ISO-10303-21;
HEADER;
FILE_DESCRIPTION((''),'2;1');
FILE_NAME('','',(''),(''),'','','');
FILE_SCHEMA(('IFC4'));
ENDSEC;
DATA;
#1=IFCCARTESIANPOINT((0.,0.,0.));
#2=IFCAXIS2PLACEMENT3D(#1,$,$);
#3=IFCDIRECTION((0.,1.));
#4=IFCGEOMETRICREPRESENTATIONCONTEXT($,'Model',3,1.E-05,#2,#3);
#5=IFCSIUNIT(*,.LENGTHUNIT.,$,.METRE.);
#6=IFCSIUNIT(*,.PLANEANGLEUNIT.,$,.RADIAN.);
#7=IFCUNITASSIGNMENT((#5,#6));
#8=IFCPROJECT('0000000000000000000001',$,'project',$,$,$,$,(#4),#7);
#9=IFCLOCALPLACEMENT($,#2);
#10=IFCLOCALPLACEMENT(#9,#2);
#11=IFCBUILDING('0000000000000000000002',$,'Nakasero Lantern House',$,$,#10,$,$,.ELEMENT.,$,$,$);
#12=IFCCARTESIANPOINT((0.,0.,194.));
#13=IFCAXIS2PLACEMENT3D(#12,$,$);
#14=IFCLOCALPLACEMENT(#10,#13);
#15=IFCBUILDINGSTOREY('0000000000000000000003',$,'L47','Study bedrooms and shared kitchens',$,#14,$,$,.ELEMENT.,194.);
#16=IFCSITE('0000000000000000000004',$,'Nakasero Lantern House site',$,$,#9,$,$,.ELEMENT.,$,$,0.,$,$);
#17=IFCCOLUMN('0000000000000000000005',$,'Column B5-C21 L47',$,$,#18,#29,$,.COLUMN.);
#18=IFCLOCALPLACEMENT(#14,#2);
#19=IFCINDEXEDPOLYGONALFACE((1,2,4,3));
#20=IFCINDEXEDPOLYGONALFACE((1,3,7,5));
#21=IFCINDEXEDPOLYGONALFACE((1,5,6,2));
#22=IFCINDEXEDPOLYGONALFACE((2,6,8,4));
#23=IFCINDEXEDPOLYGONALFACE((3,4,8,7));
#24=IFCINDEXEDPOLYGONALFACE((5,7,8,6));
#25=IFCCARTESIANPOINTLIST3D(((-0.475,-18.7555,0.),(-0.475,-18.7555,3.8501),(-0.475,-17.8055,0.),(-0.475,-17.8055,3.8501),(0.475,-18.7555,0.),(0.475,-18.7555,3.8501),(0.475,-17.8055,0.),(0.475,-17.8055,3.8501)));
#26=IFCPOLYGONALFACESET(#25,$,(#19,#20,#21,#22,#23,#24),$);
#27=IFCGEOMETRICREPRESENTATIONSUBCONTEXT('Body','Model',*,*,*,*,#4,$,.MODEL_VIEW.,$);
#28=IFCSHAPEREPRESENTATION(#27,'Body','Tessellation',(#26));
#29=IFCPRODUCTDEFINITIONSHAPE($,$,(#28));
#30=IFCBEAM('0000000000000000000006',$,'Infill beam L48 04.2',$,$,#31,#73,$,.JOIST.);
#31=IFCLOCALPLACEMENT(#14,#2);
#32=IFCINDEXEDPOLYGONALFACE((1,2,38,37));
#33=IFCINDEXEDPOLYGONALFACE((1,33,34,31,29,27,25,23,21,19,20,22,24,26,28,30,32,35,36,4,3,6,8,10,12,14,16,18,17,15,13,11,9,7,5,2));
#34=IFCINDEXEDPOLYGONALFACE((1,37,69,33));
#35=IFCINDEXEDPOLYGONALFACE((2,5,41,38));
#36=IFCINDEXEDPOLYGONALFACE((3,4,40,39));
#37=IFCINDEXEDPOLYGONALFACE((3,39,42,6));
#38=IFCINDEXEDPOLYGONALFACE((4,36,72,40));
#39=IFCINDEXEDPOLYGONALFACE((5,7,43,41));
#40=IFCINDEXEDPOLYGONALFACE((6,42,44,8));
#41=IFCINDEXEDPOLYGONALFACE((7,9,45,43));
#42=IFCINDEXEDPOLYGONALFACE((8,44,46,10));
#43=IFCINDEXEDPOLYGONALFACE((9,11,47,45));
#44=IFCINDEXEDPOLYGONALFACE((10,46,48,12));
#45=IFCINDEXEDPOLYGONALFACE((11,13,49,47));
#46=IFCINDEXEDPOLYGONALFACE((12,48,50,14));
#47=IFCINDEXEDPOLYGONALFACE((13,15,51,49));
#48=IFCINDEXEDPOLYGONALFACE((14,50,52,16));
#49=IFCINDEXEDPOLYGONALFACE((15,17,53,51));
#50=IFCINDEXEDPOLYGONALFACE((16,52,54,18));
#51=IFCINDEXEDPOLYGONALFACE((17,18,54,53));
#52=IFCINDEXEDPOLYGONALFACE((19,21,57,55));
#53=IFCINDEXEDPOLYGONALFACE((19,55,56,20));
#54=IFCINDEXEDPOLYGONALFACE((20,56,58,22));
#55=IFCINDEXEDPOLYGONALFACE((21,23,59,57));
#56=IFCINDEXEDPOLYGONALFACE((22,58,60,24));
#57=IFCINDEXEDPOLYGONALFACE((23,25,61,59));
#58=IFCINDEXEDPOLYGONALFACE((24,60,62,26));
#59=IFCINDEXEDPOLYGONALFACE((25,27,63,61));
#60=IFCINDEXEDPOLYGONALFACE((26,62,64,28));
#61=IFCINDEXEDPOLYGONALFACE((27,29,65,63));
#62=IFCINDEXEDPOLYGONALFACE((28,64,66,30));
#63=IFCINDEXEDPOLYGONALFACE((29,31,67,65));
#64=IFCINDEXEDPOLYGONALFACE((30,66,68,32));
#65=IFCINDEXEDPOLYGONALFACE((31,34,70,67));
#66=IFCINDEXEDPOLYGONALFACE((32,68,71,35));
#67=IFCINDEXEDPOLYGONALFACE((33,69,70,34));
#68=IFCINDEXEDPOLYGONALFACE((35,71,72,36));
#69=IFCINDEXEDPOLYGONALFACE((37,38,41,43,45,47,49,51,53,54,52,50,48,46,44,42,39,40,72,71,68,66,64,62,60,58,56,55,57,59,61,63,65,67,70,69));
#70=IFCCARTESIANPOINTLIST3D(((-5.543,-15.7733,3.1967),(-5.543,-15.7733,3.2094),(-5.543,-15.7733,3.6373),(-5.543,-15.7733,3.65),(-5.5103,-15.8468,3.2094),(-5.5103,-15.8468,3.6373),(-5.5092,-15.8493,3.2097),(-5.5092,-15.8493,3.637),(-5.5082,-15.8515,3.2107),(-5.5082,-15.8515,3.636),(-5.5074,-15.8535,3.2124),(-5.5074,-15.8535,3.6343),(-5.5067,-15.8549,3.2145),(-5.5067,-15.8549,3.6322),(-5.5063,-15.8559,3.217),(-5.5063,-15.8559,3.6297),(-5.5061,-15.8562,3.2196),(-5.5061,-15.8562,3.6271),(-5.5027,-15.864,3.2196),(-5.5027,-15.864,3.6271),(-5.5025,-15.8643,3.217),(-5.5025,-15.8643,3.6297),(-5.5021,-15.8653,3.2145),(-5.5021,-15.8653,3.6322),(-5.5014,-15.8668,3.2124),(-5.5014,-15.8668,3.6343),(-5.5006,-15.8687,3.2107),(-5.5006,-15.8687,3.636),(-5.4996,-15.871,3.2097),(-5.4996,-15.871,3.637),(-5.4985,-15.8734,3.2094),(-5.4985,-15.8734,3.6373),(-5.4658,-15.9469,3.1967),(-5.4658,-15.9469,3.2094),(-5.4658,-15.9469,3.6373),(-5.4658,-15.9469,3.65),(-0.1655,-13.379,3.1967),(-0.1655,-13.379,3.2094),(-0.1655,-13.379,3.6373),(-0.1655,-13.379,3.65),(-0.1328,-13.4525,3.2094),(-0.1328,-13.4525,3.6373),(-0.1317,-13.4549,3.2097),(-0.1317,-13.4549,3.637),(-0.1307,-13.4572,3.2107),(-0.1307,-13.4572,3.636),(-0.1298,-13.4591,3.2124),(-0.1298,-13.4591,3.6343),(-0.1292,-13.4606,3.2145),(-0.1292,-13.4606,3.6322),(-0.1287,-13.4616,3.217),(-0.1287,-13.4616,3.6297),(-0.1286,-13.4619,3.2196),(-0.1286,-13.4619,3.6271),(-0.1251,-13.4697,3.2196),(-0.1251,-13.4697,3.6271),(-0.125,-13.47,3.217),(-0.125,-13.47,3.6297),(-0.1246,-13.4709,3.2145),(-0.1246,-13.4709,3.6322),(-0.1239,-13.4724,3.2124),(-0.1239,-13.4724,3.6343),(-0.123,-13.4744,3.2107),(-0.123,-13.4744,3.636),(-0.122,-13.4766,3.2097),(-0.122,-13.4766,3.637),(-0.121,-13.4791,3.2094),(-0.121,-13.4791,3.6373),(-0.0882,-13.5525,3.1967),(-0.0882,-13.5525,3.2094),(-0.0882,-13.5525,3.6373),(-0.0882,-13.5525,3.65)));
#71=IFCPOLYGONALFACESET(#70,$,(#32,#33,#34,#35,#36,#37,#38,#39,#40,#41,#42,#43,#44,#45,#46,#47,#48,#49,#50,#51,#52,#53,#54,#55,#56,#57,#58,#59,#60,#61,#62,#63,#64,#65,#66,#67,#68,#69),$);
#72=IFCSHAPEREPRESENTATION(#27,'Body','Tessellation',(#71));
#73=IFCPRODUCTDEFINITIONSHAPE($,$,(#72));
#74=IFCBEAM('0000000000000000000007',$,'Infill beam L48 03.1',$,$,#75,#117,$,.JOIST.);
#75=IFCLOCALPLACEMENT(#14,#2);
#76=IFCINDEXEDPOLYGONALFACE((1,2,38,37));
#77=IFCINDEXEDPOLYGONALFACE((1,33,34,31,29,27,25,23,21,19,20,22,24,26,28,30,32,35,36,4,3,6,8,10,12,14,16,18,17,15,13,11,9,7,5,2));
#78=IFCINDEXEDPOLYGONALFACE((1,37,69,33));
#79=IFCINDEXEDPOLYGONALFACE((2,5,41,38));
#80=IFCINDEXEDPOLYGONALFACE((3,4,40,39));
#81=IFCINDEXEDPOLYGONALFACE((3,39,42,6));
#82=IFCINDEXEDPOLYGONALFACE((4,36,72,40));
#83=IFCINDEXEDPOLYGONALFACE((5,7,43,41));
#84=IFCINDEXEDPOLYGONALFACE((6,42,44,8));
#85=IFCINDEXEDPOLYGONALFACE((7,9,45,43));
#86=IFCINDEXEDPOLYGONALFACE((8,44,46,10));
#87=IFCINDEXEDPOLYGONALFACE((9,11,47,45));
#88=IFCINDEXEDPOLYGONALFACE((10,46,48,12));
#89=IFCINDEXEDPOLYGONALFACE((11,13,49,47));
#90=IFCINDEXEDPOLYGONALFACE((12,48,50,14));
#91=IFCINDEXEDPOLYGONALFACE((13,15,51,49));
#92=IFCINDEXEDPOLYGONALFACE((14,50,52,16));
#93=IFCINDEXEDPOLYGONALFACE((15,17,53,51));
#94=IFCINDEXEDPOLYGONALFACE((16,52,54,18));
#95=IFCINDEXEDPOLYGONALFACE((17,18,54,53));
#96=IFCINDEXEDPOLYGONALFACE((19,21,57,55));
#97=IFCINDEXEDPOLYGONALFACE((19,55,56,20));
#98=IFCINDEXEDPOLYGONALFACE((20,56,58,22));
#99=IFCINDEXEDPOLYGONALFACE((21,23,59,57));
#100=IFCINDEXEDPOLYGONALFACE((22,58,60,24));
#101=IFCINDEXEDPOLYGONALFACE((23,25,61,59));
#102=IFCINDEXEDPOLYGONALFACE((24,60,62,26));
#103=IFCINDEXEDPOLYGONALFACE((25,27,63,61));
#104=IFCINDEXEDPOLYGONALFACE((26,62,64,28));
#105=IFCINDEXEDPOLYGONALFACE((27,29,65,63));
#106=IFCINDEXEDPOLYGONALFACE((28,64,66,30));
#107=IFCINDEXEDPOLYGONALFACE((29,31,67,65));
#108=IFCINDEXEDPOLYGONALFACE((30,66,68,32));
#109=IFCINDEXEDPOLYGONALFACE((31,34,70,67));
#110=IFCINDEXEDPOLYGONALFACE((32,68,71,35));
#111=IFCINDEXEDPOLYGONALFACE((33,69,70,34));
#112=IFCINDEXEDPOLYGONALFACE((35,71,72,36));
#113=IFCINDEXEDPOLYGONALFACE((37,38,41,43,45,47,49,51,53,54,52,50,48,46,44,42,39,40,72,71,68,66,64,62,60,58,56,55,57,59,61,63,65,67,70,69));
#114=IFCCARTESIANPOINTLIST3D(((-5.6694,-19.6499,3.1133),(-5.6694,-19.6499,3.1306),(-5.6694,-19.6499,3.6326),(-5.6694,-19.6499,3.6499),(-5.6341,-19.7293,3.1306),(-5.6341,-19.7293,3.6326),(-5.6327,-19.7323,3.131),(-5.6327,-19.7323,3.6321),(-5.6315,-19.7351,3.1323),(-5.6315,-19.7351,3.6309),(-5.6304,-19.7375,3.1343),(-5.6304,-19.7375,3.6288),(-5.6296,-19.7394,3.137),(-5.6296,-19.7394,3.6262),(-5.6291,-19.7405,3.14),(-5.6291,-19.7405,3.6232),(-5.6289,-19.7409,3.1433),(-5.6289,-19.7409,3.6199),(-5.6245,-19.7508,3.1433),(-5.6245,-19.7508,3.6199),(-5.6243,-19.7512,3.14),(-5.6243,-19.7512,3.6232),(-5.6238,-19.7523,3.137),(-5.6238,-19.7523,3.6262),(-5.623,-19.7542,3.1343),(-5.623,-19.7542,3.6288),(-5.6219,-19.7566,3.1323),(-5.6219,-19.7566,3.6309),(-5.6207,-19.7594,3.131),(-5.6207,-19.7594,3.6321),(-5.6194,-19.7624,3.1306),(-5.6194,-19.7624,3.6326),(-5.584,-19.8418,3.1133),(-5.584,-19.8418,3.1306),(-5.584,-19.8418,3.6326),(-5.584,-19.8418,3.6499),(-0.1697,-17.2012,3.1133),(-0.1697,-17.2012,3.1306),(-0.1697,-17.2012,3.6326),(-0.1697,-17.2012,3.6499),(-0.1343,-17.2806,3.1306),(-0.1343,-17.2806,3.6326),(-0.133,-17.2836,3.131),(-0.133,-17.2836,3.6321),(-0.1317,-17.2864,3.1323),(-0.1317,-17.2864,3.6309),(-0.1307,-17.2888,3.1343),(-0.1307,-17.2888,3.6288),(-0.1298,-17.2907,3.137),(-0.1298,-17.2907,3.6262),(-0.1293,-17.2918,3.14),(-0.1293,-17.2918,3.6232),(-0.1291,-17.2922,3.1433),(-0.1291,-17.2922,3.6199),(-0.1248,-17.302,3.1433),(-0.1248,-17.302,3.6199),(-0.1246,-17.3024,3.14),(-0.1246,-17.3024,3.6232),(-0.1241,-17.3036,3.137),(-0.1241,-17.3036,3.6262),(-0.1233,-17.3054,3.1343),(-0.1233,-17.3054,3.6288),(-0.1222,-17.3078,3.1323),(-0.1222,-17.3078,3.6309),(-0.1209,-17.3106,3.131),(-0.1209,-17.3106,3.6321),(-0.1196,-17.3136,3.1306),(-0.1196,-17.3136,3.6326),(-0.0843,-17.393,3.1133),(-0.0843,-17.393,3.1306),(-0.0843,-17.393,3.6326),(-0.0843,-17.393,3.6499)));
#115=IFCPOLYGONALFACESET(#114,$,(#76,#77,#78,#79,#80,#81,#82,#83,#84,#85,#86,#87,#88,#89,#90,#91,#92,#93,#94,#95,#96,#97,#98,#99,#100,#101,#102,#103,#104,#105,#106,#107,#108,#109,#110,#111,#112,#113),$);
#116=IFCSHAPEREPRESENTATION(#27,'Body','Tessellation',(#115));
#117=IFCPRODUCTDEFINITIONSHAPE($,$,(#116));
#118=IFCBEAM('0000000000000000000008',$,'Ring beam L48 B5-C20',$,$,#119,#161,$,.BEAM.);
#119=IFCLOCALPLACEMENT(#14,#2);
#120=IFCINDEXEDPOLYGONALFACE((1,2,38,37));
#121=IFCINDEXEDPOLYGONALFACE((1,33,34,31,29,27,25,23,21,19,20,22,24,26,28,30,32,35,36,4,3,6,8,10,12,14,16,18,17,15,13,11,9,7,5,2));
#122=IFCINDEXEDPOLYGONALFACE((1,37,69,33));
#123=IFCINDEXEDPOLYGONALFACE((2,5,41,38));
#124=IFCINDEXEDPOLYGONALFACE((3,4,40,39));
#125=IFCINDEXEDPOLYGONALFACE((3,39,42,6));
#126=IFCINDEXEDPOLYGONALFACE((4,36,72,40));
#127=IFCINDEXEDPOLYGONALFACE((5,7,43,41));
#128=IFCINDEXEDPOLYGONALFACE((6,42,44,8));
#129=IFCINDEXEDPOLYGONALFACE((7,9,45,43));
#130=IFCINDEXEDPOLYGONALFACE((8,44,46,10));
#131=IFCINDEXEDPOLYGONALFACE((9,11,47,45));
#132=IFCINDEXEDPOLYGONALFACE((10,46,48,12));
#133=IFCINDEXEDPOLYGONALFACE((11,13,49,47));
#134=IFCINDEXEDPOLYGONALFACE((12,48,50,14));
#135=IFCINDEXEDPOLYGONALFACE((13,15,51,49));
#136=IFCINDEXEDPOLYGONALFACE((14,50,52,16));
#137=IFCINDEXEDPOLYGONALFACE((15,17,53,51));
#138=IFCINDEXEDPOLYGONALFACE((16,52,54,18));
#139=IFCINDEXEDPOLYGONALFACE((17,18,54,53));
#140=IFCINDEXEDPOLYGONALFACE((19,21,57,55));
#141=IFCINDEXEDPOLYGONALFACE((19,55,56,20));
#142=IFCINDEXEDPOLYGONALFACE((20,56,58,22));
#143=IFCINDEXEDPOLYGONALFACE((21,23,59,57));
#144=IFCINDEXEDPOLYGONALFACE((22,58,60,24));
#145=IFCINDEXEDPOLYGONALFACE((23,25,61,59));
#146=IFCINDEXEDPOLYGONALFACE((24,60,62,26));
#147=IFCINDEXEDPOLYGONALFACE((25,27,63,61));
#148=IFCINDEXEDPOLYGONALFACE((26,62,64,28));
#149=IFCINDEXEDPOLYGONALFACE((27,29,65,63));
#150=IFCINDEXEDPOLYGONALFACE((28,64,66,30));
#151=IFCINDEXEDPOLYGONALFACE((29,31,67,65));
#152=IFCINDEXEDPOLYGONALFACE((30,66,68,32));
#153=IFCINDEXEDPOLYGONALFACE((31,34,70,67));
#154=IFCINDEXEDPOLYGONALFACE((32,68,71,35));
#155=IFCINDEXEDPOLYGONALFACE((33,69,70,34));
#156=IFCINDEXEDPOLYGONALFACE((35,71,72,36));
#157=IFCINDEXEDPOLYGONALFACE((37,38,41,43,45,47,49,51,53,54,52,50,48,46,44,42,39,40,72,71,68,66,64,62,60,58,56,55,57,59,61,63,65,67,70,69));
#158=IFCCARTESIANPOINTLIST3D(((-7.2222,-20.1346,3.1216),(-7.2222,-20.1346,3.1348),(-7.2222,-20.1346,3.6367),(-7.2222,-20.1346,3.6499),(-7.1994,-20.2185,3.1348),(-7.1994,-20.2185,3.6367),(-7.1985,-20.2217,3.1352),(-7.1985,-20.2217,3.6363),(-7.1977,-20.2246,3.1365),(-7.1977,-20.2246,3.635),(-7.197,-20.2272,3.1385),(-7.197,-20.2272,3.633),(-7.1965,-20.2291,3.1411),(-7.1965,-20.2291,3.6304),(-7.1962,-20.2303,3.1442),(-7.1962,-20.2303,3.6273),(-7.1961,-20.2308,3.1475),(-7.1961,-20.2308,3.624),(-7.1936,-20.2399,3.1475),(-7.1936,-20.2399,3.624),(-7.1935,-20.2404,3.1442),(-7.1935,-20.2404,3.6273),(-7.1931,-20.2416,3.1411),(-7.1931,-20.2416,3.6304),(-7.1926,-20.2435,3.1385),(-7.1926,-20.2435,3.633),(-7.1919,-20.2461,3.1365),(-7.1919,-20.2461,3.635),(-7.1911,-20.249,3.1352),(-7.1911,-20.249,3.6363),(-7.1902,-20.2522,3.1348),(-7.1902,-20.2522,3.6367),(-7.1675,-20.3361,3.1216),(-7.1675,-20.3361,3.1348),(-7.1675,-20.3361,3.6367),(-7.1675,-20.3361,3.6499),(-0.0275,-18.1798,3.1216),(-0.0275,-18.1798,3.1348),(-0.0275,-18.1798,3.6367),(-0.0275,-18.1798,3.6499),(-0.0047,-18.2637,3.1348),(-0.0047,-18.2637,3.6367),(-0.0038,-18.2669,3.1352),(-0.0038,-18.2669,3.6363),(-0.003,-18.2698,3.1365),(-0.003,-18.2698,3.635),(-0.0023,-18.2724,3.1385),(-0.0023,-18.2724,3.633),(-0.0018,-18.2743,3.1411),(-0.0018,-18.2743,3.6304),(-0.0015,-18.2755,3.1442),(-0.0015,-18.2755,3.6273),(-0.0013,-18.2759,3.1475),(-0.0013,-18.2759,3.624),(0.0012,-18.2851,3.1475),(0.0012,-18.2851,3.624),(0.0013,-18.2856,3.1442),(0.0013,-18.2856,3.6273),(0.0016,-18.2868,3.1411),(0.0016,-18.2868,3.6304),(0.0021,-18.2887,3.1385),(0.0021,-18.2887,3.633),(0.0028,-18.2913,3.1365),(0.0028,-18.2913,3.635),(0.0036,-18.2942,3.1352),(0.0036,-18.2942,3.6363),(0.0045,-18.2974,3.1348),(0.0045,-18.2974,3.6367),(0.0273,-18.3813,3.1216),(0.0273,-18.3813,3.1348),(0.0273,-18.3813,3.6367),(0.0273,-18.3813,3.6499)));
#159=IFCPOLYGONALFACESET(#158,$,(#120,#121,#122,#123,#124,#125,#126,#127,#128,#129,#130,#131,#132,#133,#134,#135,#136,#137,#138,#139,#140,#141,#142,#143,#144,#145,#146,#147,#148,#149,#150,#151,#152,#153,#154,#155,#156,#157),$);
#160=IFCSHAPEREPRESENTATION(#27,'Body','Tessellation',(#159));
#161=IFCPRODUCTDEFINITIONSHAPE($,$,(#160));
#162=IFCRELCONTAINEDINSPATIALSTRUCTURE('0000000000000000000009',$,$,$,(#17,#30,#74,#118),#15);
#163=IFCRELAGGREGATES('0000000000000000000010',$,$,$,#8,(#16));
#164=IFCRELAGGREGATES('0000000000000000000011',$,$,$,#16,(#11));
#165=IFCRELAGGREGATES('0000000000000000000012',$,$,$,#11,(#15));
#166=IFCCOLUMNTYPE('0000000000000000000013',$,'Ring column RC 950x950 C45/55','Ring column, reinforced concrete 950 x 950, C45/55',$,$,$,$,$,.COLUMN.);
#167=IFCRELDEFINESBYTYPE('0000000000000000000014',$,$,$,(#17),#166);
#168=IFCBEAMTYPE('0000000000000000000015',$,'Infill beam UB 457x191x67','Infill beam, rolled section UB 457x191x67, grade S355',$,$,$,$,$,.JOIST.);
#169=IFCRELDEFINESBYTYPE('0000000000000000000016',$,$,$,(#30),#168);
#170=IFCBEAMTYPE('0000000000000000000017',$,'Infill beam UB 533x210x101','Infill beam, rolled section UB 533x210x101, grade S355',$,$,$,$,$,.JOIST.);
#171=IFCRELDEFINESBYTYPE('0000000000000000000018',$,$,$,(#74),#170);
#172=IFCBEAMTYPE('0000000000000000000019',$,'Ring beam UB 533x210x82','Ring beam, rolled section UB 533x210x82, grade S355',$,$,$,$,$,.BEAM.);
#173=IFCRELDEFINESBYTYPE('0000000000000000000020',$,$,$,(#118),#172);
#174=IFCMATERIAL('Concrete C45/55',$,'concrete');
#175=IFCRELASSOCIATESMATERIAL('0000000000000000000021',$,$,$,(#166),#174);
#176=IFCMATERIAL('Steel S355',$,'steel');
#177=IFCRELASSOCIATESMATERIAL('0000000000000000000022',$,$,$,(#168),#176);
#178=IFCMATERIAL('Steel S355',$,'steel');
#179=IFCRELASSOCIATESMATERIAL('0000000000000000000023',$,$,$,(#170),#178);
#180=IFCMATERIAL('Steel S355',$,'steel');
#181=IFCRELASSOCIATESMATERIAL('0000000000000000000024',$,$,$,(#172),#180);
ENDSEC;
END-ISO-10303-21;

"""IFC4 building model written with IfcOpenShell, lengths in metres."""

from ifc_helpers import new_model, si_unit, direction, frame, origin, origin_2d, place, context, subcontext, project, spatial, rectangle, i_section, extrude, material, material_profile, profile_set, type_object, element, save


model = new_model("IFC4")

# Units and contexts
model_context = context("Model", 3, precision=1e-05, world=origin(), true_north=direction((0.0, 1.0)))
body_context = subcontext(model_context, "Body", "Model", "MODEL_VIEW")
ifc_project = project(units=[si_unit("LENGTHUNIT", "METRE"), si_unit("PLANEANGLEUNIT", "RADIAN")], contexts=[model_context])

# Site, building, storey
site_placement = place(None, origin())
site = spatial("IfcSite", under=ifc_project, at=site_placement, Name="Nakasero Lantern House site", CompositionType="ELEMENT", RefElevation=0.0)
building_placement = place(site_placement, origin())
building = spatial("IfcBuilding", under=site, at=building_placement, Name="Nakasero Lantern House", CompositionType="ELEMENT")
storey_placement = place(building_placement, frame((0.0, 0.0, 194.0)))
storey = spatial("IfcBuildingStorey", under=building, at=storey_placement, Name="L47", Description="Study bedrooms and shared kitchens", CompositionType="ELEMENT", Elevation=194.0)

# Column
ifc_material_1 = material(Name="Concrete C45/55", Category="concrete")
ifc_material_profile_1 = material_profile(ifc_material_1, rectangle(XDim=0.95, YDim=0.95, at=origin_2d()), Name="RC 950x950")
ifc_profile_set_1 = profile_set([ifc_material_profile_1], Name="Concrete C45/55")
column_type = type_object("IfcColumnType", Name="Ring column RC 950x950 C45/55", Description="Ring column, reinforced concrete 950 x 950, C45/55", PredefinedType="COLUMN", material=ifc_profile_set_1)
column_placement = place(storey_placement, frame((0.0, -18.2805, 0.0), z_axis=(0.0, 0.0, 1.0), x_axis=(1.0, 0.0, 0.0)))
element("IfcColumn", 1, at=column_placement, inside=storey, type_object=column_type, Name="Column B5-C21 L47", PredefinedType="COLUMN", context=body_context, shape_type="SweptSolid", body=[
    extrude(rectangle(XDim=0.95, YDim=0.95, at=origin_2d()), origin(), (0.0, 0.0, 1.0), 3.8501),
])

# Beams
ifc_material_2 = material(Name="Steel S355", Category="steel")
ifc_material_profile_2 = material_profile(ifc_material_2, i_section(OverallWidth=0.1899, OverallDepth=0.4534, WebThickness=0.0085, FlangeThickness=0.0127, FilletRadius=0.0103, at=origin_2d()), Name="UB 457x191x67")
ifc_profile_set_2 = profile_set([ifc_material_profile_2], Name="Steel S355")
beam_type_1 = type_object("IfcBeamType", Name="Infill beam UB 457x191x67", Description="Infill beam, rolled section UB 457x191x67, grade S355", PredefinedType="JOIST", material=ifc_profile_set_2)
beam_1_placement = place(storey_placement, frame((-5.5044, -15.8601, 3.4233), z_axis=(0.913539, 0.40675, 0.0), x_axis=(-0.40675, 0.913539, 0.0)))
element("IfcBeam", 2, at=beam_1_placement, inside=storey, type_object=beam_type_1, Name="Infill beam L48 04.2", PredefinedType="JOIST", context=body_context, shape_type="SweptSolid", body=[
    extrude(i_section(OverallWidth=0.1899, OverallDepth=0.4534, WebThickness=0.0085, FlangeThickness=0.0127, FilletRadius=0.0103, at=origin_2d()), origin(), (0.0, 0.0, 1.0), 5.8865),
])
ifc_material_3 = material(Name="Steel S355", Category="steel")
ifc_material_profile_3 = material_profile(ifc_material_3, i_section(OverallWidth=0.21, OverallDepth=0.5366, WebThickness=0.0107, FlangeThickness=0.0173, FilletRadius=0.0127, at=origin_2d()), Name="UB 533x210x101")
ifc_profile_set_3 = profile_set([ifc_material_profile_3], Name="Steel S355")
beam_type_2 = type_object("IfcBeamType", Name="Infill beam UB 533x210x101", Description="Infill beam, rolled section UB 533x210x101, grade S355", PredefinedType="JOIST", material=ifc_profile_set_3)
beam_2_placement = place(storey_placement, frame((-5.6267, -19.7458, 3.3816), z_axis=(0.91354, 0.406748, 0.0), x_axis=(-0.406748, 0.91354, 0.0)))
element("IfcBeam", 3, at=beam_2_placement, inside=storey, type_object=beam_type_2, Name="Infill beam L48 03.1", PredefinedType="JOIST", context=body_context, shape_type="SweptSolid", body=[
    extrude(i_section(OverallWidth=0.21, OverallDepth=0.5366, WebThickness=0.0107, FlangeThickness=0.0173, FilletRadius=0.0127, at=origin_2d()), origin(), (0.0, 0.0, 1.0), 6.0203),
])
ifc_material_4 = material(Name="Steel S355", Category="steel")
ifc_material_profile_4 = material_profile(ifc_material_4, i_section(OverallWidth=0.2087, OverallDepth=0.5283, WebThickness=0.0095, FlangeThickness=0.0132, FilletRadius=0.0127, at=origin_2d()), Name="UB 533x210x82")
ifc_profile_set_4 = profile_set([ifc_material_profile_4], Name="Steel S355")
beam_type_3 = type_object("IfcBeamType", Name="Ring beam UB 533x210x82", Description="Ring beam, rolled section UB 533x210x82, grade S355", PredefinedType="BEAM", material=ifc_profile_set_4)
beam_3_placement = place(storey_placement, frame((-7.1948, -20.2354, 3.3857), z_axis=(0.965015, 0.262195, 0.0), x_axis=(-0.262195, 0.965015, 0.0)))
element("IfcBeam", 4, at=beam_3_placement, inside=storey, type_object=beam_type_3, Name="Ring beam L48 B5-C20", PredefinedType="BEAM", context=body_context, shape_type="SweptSolid", body=[
    extrude(i_section(OverallWidth=0.2087, OverallDepth=0.5283, WebThickness=0.0095, FlangeThickness=0.0132, FilletRadius=0.0127, at=origin_2d()), origin(), (0.0, 0.0, 1.0), 7.4556),
])

save(model, "model.ifc")
